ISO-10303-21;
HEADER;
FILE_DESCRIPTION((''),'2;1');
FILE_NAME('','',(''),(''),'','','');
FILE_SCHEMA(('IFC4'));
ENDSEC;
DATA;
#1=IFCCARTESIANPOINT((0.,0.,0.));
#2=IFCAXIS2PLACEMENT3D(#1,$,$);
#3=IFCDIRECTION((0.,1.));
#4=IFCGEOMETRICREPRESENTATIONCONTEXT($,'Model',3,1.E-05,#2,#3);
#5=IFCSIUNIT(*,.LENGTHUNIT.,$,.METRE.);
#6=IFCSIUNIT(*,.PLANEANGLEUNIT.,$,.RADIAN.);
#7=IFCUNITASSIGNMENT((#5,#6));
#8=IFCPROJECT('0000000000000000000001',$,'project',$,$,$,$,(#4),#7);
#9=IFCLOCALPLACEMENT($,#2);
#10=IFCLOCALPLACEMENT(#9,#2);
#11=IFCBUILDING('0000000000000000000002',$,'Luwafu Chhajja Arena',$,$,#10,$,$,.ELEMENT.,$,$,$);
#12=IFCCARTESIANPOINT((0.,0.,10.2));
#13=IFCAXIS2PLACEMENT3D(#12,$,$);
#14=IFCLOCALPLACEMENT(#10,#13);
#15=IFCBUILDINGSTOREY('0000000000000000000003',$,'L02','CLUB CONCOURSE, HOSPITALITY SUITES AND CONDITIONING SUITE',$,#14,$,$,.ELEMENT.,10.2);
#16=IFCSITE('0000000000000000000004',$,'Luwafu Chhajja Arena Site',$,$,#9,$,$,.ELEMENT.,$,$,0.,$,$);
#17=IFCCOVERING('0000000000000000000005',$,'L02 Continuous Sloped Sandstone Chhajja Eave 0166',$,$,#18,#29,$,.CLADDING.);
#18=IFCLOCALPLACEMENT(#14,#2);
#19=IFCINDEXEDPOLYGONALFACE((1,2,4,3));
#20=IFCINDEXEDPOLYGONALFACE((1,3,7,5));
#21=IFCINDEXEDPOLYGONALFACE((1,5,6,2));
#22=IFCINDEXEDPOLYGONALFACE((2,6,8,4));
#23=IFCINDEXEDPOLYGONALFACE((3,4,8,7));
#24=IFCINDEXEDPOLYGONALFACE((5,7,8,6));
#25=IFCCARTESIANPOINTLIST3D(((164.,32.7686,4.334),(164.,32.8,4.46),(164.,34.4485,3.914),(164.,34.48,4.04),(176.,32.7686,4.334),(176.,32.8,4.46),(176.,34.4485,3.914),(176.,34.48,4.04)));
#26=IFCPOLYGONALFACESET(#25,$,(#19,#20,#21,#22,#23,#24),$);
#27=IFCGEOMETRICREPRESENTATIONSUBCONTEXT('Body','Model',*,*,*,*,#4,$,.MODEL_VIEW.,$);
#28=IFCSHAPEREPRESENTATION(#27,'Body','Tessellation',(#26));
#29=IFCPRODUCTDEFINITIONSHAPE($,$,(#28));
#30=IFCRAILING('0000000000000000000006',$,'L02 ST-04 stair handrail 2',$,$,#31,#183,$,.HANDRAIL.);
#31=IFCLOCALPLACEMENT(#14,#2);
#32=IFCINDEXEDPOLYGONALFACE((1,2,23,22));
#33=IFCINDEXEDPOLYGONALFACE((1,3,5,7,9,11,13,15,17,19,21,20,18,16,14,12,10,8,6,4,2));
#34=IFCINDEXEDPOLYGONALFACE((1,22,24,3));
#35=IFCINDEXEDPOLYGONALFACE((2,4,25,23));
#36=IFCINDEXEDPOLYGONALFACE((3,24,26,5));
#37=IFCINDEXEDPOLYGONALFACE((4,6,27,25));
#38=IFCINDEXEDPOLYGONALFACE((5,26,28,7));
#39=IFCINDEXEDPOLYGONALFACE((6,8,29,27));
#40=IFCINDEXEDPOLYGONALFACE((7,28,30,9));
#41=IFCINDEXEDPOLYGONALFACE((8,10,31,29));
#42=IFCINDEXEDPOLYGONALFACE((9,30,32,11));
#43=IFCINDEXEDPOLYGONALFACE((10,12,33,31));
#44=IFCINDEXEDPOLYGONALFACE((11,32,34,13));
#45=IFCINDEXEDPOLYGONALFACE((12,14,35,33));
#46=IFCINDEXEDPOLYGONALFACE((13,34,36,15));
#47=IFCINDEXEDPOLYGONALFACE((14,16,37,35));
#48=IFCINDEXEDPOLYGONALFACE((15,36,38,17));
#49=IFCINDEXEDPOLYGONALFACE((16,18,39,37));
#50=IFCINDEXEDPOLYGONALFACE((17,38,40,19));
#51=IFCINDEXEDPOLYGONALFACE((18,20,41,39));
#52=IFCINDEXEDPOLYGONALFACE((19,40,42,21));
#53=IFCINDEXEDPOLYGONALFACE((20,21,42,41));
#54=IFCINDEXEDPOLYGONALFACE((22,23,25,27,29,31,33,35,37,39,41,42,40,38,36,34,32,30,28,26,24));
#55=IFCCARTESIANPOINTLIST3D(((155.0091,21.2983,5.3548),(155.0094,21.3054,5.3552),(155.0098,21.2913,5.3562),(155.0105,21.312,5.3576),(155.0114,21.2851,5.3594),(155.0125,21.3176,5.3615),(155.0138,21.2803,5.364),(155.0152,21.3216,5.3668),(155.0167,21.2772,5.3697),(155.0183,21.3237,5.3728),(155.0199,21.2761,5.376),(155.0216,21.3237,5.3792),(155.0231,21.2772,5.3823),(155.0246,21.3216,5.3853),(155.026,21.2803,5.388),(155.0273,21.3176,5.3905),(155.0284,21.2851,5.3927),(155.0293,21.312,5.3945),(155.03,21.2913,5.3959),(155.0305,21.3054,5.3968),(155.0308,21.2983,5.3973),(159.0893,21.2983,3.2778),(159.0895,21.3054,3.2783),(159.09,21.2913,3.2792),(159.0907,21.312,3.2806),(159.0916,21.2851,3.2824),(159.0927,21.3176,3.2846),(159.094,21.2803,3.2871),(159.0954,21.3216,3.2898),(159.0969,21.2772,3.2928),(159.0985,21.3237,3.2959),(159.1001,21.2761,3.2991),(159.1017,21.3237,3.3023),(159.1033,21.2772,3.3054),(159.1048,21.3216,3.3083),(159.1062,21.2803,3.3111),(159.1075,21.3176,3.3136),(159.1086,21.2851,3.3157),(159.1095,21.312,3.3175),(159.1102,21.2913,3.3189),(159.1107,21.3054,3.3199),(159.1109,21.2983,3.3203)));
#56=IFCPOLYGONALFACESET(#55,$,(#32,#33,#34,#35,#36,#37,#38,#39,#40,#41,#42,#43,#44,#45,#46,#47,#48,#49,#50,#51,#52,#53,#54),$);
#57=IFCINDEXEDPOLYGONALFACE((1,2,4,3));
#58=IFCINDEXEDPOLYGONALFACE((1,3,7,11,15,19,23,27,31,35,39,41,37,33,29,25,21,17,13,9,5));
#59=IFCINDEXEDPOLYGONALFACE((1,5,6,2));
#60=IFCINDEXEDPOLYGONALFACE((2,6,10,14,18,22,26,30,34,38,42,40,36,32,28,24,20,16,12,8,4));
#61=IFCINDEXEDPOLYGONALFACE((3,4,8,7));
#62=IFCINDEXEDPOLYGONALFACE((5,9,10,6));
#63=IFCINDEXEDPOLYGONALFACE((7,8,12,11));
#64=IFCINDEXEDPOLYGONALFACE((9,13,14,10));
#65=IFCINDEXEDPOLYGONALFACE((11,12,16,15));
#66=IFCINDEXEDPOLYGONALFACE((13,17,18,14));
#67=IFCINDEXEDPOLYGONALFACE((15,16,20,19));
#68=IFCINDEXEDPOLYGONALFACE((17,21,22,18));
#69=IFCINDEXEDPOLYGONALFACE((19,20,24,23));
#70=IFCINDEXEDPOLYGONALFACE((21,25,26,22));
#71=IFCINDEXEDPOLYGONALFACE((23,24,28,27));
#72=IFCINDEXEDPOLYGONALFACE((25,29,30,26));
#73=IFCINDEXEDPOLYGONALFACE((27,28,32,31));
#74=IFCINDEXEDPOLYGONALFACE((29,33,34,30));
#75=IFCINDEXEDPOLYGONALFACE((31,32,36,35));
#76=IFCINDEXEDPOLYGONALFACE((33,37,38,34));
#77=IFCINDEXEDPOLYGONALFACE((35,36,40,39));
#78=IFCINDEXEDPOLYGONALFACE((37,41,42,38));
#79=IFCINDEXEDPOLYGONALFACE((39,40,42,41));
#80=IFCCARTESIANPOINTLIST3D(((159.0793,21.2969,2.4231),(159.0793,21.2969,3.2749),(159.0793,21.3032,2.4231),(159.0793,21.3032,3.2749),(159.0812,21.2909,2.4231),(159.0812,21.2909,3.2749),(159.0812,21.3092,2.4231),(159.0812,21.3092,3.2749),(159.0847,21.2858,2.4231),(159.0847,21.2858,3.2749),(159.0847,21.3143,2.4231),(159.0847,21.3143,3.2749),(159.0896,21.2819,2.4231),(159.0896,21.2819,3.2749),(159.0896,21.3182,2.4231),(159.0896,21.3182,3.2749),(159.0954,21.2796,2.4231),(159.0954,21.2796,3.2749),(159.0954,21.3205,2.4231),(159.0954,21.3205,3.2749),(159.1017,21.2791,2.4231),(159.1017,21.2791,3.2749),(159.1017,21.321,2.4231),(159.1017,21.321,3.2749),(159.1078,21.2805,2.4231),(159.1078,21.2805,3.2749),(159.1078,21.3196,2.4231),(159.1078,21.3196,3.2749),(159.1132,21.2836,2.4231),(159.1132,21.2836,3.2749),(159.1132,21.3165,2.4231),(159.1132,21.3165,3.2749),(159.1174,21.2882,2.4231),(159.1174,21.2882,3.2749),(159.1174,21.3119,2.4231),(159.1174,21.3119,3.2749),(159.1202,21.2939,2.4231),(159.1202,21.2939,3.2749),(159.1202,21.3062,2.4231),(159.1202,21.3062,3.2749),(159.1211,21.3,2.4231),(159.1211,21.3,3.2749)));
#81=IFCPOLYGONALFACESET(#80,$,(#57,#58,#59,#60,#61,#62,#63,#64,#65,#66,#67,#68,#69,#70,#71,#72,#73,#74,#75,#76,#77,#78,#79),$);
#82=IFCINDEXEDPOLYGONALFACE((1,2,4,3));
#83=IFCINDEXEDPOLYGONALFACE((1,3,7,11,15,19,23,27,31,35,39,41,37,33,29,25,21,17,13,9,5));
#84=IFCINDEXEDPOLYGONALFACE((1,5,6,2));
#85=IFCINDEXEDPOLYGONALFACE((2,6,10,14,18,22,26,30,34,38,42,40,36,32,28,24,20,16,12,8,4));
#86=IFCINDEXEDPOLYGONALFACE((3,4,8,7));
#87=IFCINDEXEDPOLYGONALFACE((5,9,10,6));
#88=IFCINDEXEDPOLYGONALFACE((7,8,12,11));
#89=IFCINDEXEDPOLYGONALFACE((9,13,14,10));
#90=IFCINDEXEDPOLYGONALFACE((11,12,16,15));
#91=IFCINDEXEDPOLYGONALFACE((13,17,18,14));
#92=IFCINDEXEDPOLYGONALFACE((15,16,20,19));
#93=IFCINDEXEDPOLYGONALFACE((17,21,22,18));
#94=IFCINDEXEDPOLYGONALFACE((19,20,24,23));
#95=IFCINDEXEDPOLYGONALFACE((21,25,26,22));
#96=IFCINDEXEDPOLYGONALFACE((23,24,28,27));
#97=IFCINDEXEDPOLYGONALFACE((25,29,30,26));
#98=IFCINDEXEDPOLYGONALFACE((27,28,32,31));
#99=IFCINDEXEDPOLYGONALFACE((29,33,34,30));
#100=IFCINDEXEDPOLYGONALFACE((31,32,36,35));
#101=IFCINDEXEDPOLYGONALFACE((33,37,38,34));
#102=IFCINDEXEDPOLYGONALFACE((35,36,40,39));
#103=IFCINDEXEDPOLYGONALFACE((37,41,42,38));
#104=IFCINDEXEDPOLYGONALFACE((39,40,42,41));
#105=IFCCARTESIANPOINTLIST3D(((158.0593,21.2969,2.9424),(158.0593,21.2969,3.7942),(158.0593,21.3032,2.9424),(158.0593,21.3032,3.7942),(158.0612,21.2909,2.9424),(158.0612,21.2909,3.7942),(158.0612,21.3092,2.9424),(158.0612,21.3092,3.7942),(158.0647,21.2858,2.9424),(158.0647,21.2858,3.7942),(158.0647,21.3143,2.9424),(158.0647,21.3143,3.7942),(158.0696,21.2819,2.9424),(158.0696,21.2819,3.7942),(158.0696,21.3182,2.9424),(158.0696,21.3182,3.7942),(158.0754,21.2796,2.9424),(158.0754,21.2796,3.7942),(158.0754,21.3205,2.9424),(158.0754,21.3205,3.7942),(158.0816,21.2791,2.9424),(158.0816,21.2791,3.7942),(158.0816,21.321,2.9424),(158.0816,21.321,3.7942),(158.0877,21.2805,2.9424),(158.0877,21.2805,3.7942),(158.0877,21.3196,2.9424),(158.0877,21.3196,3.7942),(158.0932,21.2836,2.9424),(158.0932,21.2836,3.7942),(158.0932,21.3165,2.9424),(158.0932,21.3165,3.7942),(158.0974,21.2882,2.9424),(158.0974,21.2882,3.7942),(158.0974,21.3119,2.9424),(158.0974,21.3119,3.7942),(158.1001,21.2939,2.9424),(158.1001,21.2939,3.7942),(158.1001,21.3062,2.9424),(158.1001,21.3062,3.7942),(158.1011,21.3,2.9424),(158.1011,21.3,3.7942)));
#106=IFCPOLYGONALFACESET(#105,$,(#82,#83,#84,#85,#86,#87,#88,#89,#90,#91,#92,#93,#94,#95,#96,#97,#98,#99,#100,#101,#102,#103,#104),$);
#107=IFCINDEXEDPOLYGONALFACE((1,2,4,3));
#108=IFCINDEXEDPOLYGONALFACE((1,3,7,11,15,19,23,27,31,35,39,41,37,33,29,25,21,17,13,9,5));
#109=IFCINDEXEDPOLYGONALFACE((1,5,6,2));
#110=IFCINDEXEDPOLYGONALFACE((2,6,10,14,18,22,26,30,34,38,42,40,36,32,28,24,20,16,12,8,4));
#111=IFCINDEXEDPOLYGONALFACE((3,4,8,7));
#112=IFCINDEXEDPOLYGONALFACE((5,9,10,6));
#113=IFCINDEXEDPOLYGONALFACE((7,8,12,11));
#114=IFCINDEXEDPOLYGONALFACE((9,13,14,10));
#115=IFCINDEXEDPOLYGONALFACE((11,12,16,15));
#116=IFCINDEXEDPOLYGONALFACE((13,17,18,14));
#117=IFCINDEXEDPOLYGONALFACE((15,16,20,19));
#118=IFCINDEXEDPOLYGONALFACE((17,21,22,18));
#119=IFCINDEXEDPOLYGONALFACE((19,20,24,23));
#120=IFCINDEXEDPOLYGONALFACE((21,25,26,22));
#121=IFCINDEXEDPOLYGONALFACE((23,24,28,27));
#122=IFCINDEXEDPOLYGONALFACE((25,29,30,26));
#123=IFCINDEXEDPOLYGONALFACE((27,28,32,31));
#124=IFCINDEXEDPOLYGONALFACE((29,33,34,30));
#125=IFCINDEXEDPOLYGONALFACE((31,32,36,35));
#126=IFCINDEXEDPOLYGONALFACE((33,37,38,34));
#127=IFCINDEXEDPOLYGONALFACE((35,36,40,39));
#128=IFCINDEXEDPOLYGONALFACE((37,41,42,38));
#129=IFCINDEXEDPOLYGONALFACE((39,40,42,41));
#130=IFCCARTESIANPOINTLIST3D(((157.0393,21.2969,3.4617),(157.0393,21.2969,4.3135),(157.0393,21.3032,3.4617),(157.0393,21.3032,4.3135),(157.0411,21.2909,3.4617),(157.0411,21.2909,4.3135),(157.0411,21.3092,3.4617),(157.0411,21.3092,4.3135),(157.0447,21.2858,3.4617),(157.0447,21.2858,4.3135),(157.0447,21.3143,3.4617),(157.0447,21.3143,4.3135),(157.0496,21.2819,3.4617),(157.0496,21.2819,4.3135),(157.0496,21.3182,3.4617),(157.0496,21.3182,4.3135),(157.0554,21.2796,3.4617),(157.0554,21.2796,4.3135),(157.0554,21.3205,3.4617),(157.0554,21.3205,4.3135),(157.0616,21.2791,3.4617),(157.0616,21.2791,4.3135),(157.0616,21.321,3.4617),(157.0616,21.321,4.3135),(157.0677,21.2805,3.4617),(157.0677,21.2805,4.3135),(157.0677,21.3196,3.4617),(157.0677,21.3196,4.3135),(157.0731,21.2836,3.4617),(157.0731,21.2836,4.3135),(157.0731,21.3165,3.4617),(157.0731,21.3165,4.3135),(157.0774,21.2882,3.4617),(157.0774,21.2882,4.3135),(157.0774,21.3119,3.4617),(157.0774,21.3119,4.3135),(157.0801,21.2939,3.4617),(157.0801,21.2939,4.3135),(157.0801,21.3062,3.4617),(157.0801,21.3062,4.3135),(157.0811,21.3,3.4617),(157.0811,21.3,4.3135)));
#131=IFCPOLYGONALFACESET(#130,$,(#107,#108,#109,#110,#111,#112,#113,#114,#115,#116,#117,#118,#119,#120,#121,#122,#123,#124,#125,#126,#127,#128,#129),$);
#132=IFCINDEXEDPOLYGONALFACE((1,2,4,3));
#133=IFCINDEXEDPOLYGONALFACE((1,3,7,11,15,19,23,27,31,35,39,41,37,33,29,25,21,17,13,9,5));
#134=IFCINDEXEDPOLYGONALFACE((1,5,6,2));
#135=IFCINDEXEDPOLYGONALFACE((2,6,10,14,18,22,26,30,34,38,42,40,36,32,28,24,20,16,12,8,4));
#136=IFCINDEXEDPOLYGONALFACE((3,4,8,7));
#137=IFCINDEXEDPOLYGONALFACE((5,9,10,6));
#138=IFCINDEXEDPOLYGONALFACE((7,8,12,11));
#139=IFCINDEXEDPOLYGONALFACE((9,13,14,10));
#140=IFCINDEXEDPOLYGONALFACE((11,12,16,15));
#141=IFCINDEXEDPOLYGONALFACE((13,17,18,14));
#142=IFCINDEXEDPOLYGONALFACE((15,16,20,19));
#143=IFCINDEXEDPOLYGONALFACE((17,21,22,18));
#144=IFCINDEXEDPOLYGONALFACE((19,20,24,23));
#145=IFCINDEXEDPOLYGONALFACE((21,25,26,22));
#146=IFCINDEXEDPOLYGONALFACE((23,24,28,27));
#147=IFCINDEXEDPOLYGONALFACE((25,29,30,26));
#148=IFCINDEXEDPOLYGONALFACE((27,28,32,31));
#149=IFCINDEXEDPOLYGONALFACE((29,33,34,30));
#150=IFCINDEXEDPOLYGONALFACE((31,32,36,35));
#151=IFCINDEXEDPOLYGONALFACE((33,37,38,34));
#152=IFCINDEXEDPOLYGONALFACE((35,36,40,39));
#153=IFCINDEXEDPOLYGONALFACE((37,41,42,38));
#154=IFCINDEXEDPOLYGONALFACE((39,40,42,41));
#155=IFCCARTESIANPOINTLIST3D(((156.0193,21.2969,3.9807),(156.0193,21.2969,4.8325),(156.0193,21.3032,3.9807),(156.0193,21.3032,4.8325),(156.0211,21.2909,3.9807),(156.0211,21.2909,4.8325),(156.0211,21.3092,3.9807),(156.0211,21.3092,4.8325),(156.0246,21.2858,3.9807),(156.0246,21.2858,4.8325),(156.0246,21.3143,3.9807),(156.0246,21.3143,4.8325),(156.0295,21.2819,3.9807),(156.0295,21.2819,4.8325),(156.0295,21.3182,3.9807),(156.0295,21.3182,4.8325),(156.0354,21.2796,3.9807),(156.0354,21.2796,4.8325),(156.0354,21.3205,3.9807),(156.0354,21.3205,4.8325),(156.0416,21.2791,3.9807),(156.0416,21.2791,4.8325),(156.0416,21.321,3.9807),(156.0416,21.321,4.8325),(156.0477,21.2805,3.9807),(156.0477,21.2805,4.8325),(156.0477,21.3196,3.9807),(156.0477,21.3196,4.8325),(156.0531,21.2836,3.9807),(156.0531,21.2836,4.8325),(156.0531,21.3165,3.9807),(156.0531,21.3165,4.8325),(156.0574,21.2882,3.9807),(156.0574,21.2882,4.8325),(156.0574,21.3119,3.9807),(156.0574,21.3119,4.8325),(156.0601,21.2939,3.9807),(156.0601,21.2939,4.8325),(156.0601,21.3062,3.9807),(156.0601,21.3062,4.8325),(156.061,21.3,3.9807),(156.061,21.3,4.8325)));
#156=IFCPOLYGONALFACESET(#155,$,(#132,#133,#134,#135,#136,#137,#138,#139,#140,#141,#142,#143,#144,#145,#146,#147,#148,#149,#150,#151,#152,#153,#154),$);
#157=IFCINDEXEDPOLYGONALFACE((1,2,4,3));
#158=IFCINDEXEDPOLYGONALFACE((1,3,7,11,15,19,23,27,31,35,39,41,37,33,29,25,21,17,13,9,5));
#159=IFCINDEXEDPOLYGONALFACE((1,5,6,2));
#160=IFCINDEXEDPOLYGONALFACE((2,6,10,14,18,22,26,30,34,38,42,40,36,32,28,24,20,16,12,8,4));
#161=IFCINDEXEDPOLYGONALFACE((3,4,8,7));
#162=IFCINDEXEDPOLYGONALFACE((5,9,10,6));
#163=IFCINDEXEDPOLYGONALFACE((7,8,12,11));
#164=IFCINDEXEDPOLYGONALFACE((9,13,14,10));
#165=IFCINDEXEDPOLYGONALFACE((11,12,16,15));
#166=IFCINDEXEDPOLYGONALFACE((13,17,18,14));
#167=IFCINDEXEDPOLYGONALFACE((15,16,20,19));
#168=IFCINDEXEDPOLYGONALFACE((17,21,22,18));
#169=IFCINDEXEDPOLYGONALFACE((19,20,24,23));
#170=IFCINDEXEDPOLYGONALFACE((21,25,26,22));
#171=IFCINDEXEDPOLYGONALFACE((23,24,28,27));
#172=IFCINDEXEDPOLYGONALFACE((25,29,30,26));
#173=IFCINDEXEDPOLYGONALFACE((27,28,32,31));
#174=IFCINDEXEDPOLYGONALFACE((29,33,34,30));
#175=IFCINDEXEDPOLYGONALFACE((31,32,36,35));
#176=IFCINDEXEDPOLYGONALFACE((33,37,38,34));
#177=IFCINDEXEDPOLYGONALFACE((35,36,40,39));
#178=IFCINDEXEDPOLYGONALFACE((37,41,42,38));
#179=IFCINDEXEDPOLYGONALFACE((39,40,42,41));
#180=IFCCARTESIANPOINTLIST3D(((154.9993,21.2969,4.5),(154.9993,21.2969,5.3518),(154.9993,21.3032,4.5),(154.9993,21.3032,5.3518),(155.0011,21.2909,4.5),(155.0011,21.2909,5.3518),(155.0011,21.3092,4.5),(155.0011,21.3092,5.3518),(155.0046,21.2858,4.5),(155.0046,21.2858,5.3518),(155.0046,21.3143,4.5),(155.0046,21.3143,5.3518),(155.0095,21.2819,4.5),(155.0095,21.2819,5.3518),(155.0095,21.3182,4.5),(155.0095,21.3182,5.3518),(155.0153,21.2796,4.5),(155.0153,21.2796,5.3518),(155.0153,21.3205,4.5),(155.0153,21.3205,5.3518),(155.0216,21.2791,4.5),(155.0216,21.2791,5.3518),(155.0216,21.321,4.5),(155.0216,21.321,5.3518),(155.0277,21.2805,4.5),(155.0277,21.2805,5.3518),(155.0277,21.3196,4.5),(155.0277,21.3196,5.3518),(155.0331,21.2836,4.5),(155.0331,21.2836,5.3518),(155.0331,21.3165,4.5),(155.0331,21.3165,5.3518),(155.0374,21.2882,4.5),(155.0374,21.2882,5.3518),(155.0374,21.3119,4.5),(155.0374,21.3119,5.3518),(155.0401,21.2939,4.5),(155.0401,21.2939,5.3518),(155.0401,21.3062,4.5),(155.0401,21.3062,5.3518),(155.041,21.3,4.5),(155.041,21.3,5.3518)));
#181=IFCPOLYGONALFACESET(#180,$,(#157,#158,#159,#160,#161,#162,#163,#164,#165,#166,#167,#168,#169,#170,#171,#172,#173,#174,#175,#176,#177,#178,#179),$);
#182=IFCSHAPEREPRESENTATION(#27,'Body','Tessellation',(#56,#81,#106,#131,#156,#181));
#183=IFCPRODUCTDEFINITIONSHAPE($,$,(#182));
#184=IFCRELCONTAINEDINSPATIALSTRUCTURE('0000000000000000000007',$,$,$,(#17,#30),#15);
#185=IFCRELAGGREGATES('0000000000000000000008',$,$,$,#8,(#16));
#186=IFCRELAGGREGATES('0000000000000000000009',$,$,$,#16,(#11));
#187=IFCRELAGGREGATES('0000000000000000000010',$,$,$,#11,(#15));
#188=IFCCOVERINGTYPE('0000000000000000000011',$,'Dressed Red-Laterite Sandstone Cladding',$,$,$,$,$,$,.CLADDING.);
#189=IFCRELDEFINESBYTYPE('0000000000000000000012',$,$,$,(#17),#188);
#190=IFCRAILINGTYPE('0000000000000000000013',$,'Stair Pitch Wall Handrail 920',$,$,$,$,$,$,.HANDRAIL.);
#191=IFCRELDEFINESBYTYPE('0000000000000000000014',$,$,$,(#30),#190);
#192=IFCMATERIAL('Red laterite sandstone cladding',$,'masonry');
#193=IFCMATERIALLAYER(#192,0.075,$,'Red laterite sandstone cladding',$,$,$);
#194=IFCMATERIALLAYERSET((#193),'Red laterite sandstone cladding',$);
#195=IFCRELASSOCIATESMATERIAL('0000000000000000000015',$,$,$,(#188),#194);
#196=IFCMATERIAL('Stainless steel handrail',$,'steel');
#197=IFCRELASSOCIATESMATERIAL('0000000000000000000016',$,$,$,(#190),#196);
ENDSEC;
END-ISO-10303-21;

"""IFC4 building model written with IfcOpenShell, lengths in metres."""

from ifc_helpers import new_model, si_unit, direction, frame, origin, origin_2d, place, context, subcontext, project, spatial, polyline, circle, outline, extrude, material, layer, layer_set, type_object, element, save


model = new_model("IFC4")

# Units and contexts
model_context = context("Model", 3, precision=1e-05, world=origin(), true_north=direction((0.0, 1.0)))
body_context = subcontext(model_context, "Body", "Model", "MODEL_VIEW")
ifc_project = project(units=[si_unit("LENGTHUNIT", "METRE"), si_unit("PLANEANGLEUNIT", "RADIAN")], contexts=[model_context])

# Site, building, storey
site_placement = place(None, origin())
site = spatial("IfcSite", under=ifc_project, at=site_placement, Name="Luwafu Chhajja Arena Site", CompositionType="ELEMENT", RefElevation=0.0)
building_placement = place(site_placement, origin())
building = spatial("IfcBuilding", under=site, at=building_placement, Name="Luwafu Chhajja Arena", CompositionType="ELEMENT")
storey_placement = place(building_placement, frame((0.0, 0.0, 10.2)))
storey = spatial("IfcBuildingStorey", under=building, at=storey_placement, Name="L02", Description="CLUB CONCOURSE, HOSPITALITY SUITES AND CONDITIONING SUITE", CompositionType="ELEMENT", Elevation=10.2)

# Covering
ifc_material_1 = material(Name="Red laterite sandstone cladding", Category="masonry")
ifc_layer_1 = layer(ifc_material_1, 0.075, Name="Red laterite sandstone cladding")
ifc_layer_set_1 = layer_set([ifc_layer_1], Name="Red laterite sandstone cladding")
covering_type = type_object("IfcCoveringType", Name="Dressed Red-Laterite Sandstone Cladding", PredefinedType="CLADDING", material=ifc_layer_set_1)
covering_1_placement = place(storey_placement, frame((164.0, 32.8, 4.46), z_axis=(0.0, 0.242502, 0.970151), x_axis=(1.0, 0.0, 0.0)))
element("IfcCovering", 1, at=covering_1_placement, inside=storey, type_object=covering_type, Name="L02 Continuous Sloped Sandstone Chhajja Eave 0166", PredefinedType="CLADDING", context=body_context, shape_type="SweptSolid", body=[
    extrude(outline(polyline([(0.0, 0.0), (12.0, 0.0), (12.0, 1.7316), (0.0, 1.7316), (0.0, 0.0)])), origin(), (0.0, 0.0, -1.0), 0.1299),
])

# Railing
ifc_material_2 = material(Name="Stainless steel handrail", Category="steel")
railing_type_1 = type_object("IfcRailingType", Name="Stair Pitch Wall Handrail 920", PredefinedType="HANDRAIL", material=ifc_material_2)
railing_1_placement = place(storey_placement, frame((159.1001, 21.3, 2.4231)))
element("IfcRailing", 2, at=railing_1_placement, inside=storey, type_object=railing_type_1, Name="L02 ST-04 stair handrail 2", PredefinedType="HANDRAIL", context=body_context, shape_type="SweptSolid", body=[
    extrude(circle(Radius=0.0239, at=origin_2d()), frame((0.0, 0.0, 0.876), z_axis=(-0.891183, 0.0, 0.453644), x_axis=(0.0, -1.0, 0.0)), (0.0, 0.0, 1.0), 4.5784),
    extrude(circle(Radius=0.021, at=origin_2d()), origin(), (0.0, 0.0, 1.0), 0.8518),
    extrude(circle(Radius=0.021, at=origin_2d()), frame((-1.02, 0.0, 0.5193)), (0.0, 0.0, 1.0), 0.8518),
    extrude(circle(Radius=0.021, at=origin_2d()), frame((-2.04, 0.0, 1.0386)), (0.0, 0.0, 1.0), 0.8518),
    extrude(circle(Radius=0.021, at=origin_2d()), frame((-3.0601, 0.0, 1.5576)), (0.0, 0.0, 1.0), 0.8518),
    extrude(circle(Radius=0.021, at=origin_2d()), frame((-4.0801, 0.0, 2.0769)), (0.0, 0.0, 1.0), 0.8518),
])

save(model, "model.ifc")
